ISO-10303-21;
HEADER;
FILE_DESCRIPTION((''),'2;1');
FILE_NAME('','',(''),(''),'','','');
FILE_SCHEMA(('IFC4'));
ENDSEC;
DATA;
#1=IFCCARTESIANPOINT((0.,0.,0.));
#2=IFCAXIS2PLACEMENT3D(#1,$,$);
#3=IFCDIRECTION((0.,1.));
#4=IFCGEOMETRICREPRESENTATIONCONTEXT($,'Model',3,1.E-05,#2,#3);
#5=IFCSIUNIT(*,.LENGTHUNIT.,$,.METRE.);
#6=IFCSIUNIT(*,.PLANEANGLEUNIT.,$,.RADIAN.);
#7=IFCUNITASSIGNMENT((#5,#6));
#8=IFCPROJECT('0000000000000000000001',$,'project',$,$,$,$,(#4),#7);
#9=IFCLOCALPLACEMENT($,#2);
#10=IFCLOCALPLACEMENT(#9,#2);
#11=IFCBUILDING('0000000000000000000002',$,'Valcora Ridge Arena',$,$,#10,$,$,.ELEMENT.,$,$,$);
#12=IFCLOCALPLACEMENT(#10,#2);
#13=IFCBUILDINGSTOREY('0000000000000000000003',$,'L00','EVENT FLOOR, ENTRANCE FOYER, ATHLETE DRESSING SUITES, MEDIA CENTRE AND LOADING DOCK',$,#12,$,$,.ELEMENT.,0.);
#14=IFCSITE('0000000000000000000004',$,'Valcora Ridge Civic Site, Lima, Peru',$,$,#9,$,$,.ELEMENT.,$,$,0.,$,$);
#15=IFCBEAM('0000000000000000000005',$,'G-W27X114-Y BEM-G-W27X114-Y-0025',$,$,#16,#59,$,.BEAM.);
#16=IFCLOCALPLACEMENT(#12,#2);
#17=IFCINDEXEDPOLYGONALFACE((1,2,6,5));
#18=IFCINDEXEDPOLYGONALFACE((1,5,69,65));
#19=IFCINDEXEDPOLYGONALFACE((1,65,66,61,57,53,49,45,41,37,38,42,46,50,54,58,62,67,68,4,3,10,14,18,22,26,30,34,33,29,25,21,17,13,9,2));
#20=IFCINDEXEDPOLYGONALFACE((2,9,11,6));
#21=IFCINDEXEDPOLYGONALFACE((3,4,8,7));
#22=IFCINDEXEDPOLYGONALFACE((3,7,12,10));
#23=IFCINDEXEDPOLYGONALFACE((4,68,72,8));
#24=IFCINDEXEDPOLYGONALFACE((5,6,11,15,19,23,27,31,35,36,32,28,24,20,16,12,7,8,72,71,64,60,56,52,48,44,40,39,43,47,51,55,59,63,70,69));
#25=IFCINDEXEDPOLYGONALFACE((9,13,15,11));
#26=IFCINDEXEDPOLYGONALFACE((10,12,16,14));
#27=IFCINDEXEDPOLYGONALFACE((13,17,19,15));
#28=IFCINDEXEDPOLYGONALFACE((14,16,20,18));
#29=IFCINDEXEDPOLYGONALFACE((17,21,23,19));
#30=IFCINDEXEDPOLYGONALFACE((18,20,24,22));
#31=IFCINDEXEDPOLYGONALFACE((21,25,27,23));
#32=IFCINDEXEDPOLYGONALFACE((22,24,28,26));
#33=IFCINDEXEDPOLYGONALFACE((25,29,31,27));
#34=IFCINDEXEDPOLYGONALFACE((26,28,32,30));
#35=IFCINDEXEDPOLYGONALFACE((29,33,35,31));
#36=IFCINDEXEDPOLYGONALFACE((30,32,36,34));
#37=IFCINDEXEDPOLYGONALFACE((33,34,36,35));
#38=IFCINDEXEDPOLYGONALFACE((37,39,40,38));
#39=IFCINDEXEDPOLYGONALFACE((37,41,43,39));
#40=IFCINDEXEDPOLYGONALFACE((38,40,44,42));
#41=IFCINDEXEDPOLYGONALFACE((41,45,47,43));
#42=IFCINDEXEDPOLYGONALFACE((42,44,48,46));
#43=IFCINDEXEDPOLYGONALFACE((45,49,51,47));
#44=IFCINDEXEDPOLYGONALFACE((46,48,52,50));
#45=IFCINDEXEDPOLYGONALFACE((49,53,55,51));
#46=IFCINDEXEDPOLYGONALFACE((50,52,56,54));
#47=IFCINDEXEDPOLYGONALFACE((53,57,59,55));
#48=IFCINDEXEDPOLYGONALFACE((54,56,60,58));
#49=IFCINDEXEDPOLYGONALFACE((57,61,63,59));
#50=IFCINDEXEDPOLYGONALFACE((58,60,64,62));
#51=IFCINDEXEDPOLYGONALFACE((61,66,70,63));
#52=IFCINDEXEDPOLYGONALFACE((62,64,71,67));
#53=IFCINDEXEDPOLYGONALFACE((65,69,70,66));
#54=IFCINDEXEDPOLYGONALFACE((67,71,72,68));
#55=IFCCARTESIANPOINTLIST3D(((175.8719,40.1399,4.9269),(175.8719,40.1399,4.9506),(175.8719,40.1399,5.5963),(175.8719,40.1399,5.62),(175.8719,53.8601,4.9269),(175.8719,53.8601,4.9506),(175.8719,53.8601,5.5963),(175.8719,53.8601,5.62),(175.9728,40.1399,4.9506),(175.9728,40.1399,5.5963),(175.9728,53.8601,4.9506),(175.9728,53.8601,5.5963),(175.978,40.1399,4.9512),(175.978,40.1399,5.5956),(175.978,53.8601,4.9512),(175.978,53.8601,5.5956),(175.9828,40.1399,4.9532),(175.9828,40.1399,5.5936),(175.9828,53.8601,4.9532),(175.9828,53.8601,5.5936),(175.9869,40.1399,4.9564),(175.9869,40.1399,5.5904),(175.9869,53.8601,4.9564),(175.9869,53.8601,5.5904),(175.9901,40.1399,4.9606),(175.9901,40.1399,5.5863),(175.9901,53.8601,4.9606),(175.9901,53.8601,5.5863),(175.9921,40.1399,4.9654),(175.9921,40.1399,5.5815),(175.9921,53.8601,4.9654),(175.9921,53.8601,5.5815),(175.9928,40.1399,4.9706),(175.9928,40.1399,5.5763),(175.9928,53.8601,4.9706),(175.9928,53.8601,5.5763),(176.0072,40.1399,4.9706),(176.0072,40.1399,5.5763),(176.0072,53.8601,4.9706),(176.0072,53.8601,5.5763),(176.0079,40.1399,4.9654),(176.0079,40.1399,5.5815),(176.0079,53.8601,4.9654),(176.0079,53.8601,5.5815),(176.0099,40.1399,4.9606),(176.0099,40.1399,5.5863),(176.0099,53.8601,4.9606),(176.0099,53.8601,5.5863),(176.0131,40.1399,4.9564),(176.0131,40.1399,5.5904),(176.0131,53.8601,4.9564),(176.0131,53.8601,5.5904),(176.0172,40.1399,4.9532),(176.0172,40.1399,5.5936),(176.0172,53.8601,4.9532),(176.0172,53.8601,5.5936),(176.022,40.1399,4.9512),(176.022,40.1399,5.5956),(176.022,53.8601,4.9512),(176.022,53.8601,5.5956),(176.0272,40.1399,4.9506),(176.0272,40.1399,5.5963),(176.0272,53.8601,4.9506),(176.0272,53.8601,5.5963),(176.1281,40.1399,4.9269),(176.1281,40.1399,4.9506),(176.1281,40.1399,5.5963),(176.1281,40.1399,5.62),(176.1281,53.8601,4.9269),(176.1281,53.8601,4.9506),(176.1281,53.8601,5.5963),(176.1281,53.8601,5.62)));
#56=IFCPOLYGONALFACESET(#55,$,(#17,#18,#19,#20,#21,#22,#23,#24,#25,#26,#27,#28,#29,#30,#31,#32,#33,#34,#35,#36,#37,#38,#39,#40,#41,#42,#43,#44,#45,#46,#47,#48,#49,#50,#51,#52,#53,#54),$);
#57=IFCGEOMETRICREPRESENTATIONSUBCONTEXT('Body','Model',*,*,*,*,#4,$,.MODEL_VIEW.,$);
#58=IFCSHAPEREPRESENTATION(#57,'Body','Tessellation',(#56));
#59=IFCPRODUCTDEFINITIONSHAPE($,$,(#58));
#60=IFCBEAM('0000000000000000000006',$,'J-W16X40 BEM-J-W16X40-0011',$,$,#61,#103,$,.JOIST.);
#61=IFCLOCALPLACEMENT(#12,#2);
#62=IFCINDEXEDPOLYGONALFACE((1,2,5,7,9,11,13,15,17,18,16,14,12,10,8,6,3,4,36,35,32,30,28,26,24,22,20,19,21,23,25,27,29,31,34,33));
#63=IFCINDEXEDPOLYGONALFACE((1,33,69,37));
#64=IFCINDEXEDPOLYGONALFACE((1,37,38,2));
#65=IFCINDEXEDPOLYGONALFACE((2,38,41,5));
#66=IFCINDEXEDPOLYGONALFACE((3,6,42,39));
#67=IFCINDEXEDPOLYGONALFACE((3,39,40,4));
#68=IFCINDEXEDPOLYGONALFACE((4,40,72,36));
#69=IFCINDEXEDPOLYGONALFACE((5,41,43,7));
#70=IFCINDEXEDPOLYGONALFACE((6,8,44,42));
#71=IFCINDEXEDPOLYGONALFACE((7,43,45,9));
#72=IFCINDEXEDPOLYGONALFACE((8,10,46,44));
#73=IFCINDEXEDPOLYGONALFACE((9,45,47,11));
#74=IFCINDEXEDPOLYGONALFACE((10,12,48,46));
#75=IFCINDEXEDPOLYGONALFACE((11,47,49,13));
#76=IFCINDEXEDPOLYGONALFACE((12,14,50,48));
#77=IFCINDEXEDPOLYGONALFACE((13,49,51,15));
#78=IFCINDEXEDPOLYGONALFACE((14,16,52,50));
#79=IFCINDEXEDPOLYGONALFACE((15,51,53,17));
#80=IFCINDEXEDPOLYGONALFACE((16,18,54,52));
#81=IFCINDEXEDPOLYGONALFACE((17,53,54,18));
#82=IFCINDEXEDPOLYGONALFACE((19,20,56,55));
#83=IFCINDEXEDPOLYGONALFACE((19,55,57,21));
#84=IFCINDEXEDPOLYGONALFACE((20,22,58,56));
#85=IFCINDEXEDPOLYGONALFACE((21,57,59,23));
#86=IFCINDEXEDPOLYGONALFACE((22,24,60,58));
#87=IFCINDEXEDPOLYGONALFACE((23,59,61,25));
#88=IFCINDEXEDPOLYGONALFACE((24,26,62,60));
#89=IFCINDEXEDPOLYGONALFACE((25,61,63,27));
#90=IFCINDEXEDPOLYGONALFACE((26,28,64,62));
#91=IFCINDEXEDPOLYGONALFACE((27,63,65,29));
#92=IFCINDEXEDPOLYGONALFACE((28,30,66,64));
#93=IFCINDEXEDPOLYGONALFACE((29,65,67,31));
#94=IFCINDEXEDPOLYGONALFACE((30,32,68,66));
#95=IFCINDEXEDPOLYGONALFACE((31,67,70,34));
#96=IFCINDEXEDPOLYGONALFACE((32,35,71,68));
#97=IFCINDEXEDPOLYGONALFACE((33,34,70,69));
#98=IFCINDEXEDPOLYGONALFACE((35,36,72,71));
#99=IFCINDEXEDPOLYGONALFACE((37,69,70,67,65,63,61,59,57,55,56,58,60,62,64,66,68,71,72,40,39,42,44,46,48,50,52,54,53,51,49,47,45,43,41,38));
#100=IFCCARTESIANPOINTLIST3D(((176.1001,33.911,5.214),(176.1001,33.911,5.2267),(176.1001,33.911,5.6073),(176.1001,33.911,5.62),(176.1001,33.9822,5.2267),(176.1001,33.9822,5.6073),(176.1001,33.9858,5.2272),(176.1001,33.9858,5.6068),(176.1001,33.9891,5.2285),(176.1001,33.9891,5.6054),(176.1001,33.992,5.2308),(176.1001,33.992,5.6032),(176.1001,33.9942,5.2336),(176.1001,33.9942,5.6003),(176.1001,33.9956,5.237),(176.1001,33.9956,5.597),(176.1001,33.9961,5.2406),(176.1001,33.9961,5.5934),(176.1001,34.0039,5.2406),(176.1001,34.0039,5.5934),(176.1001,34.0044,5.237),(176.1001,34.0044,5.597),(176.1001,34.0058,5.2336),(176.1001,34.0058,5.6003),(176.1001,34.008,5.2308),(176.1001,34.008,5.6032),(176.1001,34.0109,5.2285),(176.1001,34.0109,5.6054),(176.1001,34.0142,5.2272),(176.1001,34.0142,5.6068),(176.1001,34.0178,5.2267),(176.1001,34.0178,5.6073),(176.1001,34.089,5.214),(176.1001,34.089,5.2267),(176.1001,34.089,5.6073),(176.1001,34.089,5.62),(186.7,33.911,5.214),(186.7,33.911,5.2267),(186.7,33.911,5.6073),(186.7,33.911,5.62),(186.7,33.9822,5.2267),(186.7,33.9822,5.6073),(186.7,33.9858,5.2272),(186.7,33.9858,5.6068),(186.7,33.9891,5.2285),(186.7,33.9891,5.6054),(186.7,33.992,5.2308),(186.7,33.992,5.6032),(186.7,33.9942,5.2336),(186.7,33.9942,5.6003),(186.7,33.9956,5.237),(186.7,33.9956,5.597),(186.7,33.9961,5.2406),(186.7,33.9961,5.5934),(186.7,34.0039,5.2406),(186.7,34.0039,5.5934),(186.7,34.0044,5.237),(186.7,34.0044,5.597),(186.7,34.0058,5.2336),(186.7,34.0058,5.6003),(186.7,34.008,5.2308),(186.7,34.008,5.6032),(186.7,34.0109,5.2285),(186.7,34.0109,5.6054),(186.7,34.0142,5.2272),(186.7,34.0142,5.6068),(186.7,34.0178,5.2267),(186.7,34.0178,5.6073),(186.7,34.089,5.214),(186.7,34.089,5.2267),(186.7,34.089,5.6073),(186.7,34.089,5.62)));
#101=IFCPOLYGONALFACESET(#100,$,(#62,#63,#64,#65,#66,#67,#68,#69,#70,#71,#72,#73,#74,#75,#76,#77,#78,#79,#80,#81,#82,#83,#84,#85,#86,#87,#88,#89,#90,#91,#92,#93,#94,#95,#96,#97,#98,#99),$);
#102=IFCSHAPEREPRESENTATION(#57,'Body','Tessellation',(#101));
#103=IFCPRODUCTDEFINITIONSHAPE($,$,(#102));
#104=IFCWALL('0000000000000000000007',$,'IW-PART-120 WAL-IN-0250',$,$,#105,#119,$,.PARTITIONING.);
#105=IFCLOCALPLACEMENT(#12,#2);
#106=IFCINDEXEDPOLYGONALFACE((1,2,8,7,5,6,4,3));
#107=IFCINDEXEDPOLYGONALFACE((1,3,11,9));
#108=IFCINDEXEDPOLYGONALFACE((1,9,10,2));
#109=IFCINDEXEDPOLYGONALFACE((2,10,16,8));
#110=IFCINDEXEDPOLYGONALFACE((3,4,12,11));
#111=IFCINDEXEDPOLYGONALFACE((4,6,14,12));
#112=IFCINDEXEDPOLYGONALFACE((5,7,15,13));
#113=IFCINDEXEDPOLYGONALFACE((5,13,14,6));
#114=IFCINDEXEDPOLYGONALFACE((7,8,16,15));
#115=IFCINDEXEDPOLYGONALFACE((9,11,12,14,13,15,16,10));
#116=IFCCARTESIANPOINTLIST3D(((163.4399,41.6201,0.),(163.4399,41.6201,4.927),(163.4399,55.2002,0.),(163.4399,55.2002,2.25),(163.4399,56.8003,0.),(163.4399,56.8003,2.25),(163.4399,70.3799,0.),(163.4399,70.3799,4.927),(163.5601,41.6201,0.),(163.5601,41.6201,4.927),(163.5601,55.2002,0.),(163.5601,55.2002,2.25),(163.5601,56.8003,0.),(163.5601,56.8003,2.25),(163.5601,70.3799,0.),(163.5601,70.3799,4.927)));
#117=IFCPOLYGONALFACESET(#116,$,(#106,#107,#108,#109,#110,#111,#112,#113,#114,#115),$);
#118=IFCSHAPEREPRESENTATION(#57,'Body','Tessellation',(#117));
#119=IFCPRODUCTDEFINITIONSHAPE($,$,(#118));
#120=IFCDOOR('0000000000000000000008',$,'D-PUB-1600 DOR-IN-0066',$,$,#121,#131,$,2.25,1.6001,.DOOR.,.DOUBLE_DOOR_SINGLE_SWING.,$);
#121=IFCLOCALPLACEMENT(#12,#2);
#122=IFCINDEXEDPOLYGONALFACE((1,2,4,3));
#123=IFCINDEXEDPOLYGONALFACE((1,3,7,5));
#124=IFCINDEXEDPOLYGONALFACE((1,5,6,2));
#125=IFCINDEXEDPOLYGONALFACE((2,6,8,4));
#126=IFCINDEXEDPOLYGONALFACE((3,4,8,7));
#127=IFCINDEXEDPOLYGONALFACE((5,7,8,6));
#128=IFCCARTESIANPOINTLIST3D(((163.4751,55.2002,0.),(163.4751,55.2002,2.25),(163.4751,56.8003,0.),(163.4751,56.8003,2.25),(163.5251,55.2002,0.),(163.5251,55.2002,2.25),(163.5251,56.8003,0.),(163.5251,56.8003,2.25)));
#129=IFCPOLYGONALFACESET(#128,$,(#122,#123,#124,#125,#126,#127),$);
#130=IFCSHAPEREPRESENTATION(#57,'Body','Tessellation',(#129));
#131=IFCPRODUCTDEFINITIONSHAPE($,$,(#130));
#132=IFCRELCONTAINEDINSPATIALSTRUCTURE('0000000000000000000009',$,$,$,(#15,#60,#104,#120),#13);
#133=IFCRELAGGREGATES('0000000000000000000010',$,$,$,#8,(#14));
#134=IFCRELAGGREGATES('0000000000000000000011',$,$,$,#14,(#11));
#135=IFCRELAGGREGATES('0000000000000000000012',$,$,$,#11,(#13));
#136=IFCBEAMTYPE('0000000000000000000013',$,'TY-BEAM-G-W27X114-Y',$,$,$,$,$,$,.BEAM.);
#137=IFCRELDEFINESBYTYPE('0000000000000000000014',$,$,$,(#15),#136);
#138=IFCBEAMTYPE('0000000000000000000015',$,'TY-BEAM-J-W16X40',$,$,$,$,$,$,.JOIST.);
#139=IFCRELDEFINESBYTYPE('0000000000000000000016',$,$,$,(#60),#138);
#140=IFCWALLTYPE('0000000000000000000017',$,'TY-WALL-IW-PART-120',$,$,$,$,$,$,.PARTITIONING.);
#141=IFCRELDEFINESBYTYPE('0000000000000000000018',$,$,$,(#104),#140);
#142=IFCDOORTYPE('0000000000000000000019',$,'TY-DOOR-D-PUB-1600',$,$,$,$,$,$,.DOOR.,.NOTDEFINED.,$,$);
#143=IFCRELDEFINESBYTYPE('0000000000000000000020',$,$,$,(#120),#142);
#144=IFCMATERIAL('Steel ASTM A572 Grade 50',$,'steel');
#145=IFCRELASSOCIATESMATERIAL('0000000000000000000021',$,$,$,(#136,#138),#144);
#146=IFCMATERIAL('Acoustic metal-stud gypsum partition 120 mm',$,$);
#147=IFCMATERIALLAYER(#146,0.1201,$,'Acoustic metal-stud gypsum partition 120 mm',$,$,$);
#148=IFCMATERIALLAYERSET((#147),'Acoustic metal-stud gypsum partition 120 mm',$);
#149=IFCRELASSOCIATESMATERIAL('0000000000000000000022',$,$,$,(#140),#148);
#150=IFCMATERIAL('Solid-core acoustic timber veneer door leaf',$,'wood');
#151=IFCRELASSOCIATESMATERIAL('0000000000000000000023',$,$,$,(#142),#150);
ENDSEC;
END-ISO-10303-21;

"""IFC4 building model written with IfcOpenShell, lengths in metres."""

from ifc_helpers import new_model, si_unit, direction, frame, frame_2d, origin, origin_2d, place, context, subcontext, project, spatial, rectangle, i_section, extrude, material, layer, layer_set, material_profile, profile_set, type_object, element, fill, save


model = new_model("IFC4")

# Units and contexts
model_context = context("Model", 3, precision=1e-05, world=origin(), true_north=direction((0.0, 1.0)))
body_context = subcontext(model_context, "Body", "Model", "MODEL_VIEW")
ifc_project = project(units=[si_unit("LENGTHUNIT", "METRE"), si_unit("PLANEANGLEUNIT", "RADIAN")], contexts=[model_context])

# Site, building, storey
site_placement = place(None, origin())
site = spatial("IfcSite", under=ifc_project, at=site_placement, Name="Valcora Ridge Civic Site, Lima, Peru", CompositionType="ELEMENT", RefElevation=0.0)
building_placement = place(site_placement, origin())
building = spatial("IfcBuilding", under=site, at=building_placement, Name="Valcora Ridge Arena", CompositionType="ELEMENT")
storey_placement = place(building_placement, origin())
storey = spatial("IfcBuildingStorey", under=building, at=storey_placement, Name="L00", Description="EVENT FLOOR, ENTRANCE FOYER, ATHLETE DRESSING SUITES, MEDIA CENTRE AND LOADING DOCK", CompositionType="ELEMENT", Elevation=0.0)

# Shared definitions
ifc_material_1 = material(Name="Steel ASTM A572 Grade 50", Category="steel")

# Beams
ifc_material_profile_1 = material_profile(ifc_material_1, i_section(OverallWidth=0.2561, OverallDepth=0.6931, WebThickness=0.0144, FlangeThickness=0.0237, FilletRadius=0.02, at=origin_2d()), Name="W27X114")
ifc_profile_set_1 = profile_set([ifc_material_profile_1], Name="Steel ASTM A572 Grade 50")
beam_type_1 = type_object("IfcBeamType", Name="TY-BEAM-G-W27X114-Y", PredefinedType="BEAM", material=ifc_profile_set_1)
for number, where, z_axis, x_axis, name in (
    (1, (176.0, 40.1399, 5.2734), (0.0, 1.0, 0.0), (-1.0, 0.0, 0.0), "G-W27X114-Y BEM-G-W27X114-Y-0025"),
):
    element("IfcBeam", number, at=place(storey_placement, frame(where, z_axis=z_axis, x_axis=x_axis)), inside=storey, type_object=beam_type_1, Name=name, PredefinedType="BEAM", context=body_context, shape_type="SweptSolid", body=[
        extrude(i_section(OverallWidth=0.2561, OverallDepth=0.6931, WebThickness=0.0144, FlangeThickness=0.0237, FilletRadius=0.02, at=origin_2d()), origin(), (0.0, 0.0, 1.0), 13.7202),
    ])
ifc_material_profile_2 = material_profile(ifc_material_1, i_section(OverallWidth=0.178, OverallDepth=0.406, WebThickness=0.0078, FlangeThickness=0.0127, FilletRadius=0.0139, at=origin_2d()), Name="W16X40")
ifc_profile_set_2 = profile_set([ifc_material_profile_2], Name="Steel ASTM A572 Grade 50")
beam_type_2 = type_object("IfcBeamType", Name="TY-BEAM-J-W16X40", PredefinedType="JOIST", material=ifc_profile_set_2)
beam_1_placement = place(storey_placement, frame((176.1001, 34.0, 5.417), z_axis=(1.0, 0.0, 0.0), x_axis=(0.0, 1.0, 0.0)))
element("IfcBeam", 2, at=beam_1_placement, inside=storey, type_object=beam_type_2, Name="J-W16X40 BEM-J-W16X40-0011", PredefinedType="JOIST", context=body_context, shape_type="SweptSolid", body=[
    extrude(i_section(OverallWidth=0.178, OverallDepth=0.406, WebThickness=0.0078, FlangeThickness=0.0127, FilletRadius=0.0139, at=origin_2d()), origin(), (0.0, 0.0, 1.0), 10.5999),
])

# Wall, opening, door
ifc_material_2 = material(Name="Acoustic metal-stud gypsum partition 120 mm")
ifc_layer_1 = layer(ifc_material_2, 0.1201, Name="Acoustic metal-stud gypsum partition 120 mm")
ifc_layer_set_1 = layer_set([ifc_layer_1], Name="Acoustic metal-stud gypsum partition 120 mm")
wall_type = type_object("IfcWallType", Name="TY-WALL-IW-PART-120", PredefinedType="PARTITIONING", material=ifc_layer_set_1)
wall_placement = place(storey_placement, frame((163.5, 41.6201, 0.0), z_axis=(0.0, 0.0, 1.0), x_axis=(0.0, 1.0, 0.0)))
wall = element("IfcWall", 3, at=wall_placement, inside=storey, type_object=wall_type, Name="IW-PART-120 WAL-IN-0250", PredefinedType="PARTITIONING", context=body_context, shape_type="SweptSolid", body=[
    extrude(rectangle(XDim=28.7598, YDim=0.1201, at=frame_2d((14.3799, 0.0))), origin(), (0.0, 0.0, 1.0), 4.927),
])
opening_placement = place(wall_placement, frame((13.5801, 0.0, 0.0)))
opening = element("IfcOpeningElement", 4, at=opening_placement, cuts=wall, PredefinedType="OPENING", context=body_context, shape_type="SweptSolid", body=[
    extrude(rectangle(XDim=1.6001, YDim=2.25, at=frame_2d((0.8, 1.125))), frame((0.0, 0.0701, 0.0), z_axis=(0.0, -1.0, 0.0), x_axis=(1.0, 0.0, 0.0)), (0.0, 0.0, 1.0), 0.1401),
])
ifc_material_3 = material(Name="Solid-core acoustic timber veneer door leaf", Category="wood")
door_type = type_object("IfcDoorType", Name="TY-DOOR-D-PUB-1600", OperationType="NOTDEFINED", PredefinedType="DOOR", material=ifc_material_3)
door_placement = place(opening_placement, origin())
door = element("IfcDoor", 5, at=door_placement, inside=storey, type_object=door_type, Name="D-PUB-1600 DOR-IN-0066", OperationType="DOUBLE_DOOR_SINGLE_SWING", OverallHeight=2.25, OverallWidth=1.6001, PredefinedType="DOOR", context=body_context, shape_type="SweptSolid", body=[
    extrude(rectangle(XDim=1.6001, YDim=2.25, at=frame_2d((0.8, 1.125))), frame((0.0, 0.0249, 0.0), z_axis=(0.0, -1.0, 0.0), x_axis=(1.0, 0.0, 0.0)), (0.0, 0.0, 1.0), 0.05),
])
fill(opening, door)

save(model, "model.ifc")
